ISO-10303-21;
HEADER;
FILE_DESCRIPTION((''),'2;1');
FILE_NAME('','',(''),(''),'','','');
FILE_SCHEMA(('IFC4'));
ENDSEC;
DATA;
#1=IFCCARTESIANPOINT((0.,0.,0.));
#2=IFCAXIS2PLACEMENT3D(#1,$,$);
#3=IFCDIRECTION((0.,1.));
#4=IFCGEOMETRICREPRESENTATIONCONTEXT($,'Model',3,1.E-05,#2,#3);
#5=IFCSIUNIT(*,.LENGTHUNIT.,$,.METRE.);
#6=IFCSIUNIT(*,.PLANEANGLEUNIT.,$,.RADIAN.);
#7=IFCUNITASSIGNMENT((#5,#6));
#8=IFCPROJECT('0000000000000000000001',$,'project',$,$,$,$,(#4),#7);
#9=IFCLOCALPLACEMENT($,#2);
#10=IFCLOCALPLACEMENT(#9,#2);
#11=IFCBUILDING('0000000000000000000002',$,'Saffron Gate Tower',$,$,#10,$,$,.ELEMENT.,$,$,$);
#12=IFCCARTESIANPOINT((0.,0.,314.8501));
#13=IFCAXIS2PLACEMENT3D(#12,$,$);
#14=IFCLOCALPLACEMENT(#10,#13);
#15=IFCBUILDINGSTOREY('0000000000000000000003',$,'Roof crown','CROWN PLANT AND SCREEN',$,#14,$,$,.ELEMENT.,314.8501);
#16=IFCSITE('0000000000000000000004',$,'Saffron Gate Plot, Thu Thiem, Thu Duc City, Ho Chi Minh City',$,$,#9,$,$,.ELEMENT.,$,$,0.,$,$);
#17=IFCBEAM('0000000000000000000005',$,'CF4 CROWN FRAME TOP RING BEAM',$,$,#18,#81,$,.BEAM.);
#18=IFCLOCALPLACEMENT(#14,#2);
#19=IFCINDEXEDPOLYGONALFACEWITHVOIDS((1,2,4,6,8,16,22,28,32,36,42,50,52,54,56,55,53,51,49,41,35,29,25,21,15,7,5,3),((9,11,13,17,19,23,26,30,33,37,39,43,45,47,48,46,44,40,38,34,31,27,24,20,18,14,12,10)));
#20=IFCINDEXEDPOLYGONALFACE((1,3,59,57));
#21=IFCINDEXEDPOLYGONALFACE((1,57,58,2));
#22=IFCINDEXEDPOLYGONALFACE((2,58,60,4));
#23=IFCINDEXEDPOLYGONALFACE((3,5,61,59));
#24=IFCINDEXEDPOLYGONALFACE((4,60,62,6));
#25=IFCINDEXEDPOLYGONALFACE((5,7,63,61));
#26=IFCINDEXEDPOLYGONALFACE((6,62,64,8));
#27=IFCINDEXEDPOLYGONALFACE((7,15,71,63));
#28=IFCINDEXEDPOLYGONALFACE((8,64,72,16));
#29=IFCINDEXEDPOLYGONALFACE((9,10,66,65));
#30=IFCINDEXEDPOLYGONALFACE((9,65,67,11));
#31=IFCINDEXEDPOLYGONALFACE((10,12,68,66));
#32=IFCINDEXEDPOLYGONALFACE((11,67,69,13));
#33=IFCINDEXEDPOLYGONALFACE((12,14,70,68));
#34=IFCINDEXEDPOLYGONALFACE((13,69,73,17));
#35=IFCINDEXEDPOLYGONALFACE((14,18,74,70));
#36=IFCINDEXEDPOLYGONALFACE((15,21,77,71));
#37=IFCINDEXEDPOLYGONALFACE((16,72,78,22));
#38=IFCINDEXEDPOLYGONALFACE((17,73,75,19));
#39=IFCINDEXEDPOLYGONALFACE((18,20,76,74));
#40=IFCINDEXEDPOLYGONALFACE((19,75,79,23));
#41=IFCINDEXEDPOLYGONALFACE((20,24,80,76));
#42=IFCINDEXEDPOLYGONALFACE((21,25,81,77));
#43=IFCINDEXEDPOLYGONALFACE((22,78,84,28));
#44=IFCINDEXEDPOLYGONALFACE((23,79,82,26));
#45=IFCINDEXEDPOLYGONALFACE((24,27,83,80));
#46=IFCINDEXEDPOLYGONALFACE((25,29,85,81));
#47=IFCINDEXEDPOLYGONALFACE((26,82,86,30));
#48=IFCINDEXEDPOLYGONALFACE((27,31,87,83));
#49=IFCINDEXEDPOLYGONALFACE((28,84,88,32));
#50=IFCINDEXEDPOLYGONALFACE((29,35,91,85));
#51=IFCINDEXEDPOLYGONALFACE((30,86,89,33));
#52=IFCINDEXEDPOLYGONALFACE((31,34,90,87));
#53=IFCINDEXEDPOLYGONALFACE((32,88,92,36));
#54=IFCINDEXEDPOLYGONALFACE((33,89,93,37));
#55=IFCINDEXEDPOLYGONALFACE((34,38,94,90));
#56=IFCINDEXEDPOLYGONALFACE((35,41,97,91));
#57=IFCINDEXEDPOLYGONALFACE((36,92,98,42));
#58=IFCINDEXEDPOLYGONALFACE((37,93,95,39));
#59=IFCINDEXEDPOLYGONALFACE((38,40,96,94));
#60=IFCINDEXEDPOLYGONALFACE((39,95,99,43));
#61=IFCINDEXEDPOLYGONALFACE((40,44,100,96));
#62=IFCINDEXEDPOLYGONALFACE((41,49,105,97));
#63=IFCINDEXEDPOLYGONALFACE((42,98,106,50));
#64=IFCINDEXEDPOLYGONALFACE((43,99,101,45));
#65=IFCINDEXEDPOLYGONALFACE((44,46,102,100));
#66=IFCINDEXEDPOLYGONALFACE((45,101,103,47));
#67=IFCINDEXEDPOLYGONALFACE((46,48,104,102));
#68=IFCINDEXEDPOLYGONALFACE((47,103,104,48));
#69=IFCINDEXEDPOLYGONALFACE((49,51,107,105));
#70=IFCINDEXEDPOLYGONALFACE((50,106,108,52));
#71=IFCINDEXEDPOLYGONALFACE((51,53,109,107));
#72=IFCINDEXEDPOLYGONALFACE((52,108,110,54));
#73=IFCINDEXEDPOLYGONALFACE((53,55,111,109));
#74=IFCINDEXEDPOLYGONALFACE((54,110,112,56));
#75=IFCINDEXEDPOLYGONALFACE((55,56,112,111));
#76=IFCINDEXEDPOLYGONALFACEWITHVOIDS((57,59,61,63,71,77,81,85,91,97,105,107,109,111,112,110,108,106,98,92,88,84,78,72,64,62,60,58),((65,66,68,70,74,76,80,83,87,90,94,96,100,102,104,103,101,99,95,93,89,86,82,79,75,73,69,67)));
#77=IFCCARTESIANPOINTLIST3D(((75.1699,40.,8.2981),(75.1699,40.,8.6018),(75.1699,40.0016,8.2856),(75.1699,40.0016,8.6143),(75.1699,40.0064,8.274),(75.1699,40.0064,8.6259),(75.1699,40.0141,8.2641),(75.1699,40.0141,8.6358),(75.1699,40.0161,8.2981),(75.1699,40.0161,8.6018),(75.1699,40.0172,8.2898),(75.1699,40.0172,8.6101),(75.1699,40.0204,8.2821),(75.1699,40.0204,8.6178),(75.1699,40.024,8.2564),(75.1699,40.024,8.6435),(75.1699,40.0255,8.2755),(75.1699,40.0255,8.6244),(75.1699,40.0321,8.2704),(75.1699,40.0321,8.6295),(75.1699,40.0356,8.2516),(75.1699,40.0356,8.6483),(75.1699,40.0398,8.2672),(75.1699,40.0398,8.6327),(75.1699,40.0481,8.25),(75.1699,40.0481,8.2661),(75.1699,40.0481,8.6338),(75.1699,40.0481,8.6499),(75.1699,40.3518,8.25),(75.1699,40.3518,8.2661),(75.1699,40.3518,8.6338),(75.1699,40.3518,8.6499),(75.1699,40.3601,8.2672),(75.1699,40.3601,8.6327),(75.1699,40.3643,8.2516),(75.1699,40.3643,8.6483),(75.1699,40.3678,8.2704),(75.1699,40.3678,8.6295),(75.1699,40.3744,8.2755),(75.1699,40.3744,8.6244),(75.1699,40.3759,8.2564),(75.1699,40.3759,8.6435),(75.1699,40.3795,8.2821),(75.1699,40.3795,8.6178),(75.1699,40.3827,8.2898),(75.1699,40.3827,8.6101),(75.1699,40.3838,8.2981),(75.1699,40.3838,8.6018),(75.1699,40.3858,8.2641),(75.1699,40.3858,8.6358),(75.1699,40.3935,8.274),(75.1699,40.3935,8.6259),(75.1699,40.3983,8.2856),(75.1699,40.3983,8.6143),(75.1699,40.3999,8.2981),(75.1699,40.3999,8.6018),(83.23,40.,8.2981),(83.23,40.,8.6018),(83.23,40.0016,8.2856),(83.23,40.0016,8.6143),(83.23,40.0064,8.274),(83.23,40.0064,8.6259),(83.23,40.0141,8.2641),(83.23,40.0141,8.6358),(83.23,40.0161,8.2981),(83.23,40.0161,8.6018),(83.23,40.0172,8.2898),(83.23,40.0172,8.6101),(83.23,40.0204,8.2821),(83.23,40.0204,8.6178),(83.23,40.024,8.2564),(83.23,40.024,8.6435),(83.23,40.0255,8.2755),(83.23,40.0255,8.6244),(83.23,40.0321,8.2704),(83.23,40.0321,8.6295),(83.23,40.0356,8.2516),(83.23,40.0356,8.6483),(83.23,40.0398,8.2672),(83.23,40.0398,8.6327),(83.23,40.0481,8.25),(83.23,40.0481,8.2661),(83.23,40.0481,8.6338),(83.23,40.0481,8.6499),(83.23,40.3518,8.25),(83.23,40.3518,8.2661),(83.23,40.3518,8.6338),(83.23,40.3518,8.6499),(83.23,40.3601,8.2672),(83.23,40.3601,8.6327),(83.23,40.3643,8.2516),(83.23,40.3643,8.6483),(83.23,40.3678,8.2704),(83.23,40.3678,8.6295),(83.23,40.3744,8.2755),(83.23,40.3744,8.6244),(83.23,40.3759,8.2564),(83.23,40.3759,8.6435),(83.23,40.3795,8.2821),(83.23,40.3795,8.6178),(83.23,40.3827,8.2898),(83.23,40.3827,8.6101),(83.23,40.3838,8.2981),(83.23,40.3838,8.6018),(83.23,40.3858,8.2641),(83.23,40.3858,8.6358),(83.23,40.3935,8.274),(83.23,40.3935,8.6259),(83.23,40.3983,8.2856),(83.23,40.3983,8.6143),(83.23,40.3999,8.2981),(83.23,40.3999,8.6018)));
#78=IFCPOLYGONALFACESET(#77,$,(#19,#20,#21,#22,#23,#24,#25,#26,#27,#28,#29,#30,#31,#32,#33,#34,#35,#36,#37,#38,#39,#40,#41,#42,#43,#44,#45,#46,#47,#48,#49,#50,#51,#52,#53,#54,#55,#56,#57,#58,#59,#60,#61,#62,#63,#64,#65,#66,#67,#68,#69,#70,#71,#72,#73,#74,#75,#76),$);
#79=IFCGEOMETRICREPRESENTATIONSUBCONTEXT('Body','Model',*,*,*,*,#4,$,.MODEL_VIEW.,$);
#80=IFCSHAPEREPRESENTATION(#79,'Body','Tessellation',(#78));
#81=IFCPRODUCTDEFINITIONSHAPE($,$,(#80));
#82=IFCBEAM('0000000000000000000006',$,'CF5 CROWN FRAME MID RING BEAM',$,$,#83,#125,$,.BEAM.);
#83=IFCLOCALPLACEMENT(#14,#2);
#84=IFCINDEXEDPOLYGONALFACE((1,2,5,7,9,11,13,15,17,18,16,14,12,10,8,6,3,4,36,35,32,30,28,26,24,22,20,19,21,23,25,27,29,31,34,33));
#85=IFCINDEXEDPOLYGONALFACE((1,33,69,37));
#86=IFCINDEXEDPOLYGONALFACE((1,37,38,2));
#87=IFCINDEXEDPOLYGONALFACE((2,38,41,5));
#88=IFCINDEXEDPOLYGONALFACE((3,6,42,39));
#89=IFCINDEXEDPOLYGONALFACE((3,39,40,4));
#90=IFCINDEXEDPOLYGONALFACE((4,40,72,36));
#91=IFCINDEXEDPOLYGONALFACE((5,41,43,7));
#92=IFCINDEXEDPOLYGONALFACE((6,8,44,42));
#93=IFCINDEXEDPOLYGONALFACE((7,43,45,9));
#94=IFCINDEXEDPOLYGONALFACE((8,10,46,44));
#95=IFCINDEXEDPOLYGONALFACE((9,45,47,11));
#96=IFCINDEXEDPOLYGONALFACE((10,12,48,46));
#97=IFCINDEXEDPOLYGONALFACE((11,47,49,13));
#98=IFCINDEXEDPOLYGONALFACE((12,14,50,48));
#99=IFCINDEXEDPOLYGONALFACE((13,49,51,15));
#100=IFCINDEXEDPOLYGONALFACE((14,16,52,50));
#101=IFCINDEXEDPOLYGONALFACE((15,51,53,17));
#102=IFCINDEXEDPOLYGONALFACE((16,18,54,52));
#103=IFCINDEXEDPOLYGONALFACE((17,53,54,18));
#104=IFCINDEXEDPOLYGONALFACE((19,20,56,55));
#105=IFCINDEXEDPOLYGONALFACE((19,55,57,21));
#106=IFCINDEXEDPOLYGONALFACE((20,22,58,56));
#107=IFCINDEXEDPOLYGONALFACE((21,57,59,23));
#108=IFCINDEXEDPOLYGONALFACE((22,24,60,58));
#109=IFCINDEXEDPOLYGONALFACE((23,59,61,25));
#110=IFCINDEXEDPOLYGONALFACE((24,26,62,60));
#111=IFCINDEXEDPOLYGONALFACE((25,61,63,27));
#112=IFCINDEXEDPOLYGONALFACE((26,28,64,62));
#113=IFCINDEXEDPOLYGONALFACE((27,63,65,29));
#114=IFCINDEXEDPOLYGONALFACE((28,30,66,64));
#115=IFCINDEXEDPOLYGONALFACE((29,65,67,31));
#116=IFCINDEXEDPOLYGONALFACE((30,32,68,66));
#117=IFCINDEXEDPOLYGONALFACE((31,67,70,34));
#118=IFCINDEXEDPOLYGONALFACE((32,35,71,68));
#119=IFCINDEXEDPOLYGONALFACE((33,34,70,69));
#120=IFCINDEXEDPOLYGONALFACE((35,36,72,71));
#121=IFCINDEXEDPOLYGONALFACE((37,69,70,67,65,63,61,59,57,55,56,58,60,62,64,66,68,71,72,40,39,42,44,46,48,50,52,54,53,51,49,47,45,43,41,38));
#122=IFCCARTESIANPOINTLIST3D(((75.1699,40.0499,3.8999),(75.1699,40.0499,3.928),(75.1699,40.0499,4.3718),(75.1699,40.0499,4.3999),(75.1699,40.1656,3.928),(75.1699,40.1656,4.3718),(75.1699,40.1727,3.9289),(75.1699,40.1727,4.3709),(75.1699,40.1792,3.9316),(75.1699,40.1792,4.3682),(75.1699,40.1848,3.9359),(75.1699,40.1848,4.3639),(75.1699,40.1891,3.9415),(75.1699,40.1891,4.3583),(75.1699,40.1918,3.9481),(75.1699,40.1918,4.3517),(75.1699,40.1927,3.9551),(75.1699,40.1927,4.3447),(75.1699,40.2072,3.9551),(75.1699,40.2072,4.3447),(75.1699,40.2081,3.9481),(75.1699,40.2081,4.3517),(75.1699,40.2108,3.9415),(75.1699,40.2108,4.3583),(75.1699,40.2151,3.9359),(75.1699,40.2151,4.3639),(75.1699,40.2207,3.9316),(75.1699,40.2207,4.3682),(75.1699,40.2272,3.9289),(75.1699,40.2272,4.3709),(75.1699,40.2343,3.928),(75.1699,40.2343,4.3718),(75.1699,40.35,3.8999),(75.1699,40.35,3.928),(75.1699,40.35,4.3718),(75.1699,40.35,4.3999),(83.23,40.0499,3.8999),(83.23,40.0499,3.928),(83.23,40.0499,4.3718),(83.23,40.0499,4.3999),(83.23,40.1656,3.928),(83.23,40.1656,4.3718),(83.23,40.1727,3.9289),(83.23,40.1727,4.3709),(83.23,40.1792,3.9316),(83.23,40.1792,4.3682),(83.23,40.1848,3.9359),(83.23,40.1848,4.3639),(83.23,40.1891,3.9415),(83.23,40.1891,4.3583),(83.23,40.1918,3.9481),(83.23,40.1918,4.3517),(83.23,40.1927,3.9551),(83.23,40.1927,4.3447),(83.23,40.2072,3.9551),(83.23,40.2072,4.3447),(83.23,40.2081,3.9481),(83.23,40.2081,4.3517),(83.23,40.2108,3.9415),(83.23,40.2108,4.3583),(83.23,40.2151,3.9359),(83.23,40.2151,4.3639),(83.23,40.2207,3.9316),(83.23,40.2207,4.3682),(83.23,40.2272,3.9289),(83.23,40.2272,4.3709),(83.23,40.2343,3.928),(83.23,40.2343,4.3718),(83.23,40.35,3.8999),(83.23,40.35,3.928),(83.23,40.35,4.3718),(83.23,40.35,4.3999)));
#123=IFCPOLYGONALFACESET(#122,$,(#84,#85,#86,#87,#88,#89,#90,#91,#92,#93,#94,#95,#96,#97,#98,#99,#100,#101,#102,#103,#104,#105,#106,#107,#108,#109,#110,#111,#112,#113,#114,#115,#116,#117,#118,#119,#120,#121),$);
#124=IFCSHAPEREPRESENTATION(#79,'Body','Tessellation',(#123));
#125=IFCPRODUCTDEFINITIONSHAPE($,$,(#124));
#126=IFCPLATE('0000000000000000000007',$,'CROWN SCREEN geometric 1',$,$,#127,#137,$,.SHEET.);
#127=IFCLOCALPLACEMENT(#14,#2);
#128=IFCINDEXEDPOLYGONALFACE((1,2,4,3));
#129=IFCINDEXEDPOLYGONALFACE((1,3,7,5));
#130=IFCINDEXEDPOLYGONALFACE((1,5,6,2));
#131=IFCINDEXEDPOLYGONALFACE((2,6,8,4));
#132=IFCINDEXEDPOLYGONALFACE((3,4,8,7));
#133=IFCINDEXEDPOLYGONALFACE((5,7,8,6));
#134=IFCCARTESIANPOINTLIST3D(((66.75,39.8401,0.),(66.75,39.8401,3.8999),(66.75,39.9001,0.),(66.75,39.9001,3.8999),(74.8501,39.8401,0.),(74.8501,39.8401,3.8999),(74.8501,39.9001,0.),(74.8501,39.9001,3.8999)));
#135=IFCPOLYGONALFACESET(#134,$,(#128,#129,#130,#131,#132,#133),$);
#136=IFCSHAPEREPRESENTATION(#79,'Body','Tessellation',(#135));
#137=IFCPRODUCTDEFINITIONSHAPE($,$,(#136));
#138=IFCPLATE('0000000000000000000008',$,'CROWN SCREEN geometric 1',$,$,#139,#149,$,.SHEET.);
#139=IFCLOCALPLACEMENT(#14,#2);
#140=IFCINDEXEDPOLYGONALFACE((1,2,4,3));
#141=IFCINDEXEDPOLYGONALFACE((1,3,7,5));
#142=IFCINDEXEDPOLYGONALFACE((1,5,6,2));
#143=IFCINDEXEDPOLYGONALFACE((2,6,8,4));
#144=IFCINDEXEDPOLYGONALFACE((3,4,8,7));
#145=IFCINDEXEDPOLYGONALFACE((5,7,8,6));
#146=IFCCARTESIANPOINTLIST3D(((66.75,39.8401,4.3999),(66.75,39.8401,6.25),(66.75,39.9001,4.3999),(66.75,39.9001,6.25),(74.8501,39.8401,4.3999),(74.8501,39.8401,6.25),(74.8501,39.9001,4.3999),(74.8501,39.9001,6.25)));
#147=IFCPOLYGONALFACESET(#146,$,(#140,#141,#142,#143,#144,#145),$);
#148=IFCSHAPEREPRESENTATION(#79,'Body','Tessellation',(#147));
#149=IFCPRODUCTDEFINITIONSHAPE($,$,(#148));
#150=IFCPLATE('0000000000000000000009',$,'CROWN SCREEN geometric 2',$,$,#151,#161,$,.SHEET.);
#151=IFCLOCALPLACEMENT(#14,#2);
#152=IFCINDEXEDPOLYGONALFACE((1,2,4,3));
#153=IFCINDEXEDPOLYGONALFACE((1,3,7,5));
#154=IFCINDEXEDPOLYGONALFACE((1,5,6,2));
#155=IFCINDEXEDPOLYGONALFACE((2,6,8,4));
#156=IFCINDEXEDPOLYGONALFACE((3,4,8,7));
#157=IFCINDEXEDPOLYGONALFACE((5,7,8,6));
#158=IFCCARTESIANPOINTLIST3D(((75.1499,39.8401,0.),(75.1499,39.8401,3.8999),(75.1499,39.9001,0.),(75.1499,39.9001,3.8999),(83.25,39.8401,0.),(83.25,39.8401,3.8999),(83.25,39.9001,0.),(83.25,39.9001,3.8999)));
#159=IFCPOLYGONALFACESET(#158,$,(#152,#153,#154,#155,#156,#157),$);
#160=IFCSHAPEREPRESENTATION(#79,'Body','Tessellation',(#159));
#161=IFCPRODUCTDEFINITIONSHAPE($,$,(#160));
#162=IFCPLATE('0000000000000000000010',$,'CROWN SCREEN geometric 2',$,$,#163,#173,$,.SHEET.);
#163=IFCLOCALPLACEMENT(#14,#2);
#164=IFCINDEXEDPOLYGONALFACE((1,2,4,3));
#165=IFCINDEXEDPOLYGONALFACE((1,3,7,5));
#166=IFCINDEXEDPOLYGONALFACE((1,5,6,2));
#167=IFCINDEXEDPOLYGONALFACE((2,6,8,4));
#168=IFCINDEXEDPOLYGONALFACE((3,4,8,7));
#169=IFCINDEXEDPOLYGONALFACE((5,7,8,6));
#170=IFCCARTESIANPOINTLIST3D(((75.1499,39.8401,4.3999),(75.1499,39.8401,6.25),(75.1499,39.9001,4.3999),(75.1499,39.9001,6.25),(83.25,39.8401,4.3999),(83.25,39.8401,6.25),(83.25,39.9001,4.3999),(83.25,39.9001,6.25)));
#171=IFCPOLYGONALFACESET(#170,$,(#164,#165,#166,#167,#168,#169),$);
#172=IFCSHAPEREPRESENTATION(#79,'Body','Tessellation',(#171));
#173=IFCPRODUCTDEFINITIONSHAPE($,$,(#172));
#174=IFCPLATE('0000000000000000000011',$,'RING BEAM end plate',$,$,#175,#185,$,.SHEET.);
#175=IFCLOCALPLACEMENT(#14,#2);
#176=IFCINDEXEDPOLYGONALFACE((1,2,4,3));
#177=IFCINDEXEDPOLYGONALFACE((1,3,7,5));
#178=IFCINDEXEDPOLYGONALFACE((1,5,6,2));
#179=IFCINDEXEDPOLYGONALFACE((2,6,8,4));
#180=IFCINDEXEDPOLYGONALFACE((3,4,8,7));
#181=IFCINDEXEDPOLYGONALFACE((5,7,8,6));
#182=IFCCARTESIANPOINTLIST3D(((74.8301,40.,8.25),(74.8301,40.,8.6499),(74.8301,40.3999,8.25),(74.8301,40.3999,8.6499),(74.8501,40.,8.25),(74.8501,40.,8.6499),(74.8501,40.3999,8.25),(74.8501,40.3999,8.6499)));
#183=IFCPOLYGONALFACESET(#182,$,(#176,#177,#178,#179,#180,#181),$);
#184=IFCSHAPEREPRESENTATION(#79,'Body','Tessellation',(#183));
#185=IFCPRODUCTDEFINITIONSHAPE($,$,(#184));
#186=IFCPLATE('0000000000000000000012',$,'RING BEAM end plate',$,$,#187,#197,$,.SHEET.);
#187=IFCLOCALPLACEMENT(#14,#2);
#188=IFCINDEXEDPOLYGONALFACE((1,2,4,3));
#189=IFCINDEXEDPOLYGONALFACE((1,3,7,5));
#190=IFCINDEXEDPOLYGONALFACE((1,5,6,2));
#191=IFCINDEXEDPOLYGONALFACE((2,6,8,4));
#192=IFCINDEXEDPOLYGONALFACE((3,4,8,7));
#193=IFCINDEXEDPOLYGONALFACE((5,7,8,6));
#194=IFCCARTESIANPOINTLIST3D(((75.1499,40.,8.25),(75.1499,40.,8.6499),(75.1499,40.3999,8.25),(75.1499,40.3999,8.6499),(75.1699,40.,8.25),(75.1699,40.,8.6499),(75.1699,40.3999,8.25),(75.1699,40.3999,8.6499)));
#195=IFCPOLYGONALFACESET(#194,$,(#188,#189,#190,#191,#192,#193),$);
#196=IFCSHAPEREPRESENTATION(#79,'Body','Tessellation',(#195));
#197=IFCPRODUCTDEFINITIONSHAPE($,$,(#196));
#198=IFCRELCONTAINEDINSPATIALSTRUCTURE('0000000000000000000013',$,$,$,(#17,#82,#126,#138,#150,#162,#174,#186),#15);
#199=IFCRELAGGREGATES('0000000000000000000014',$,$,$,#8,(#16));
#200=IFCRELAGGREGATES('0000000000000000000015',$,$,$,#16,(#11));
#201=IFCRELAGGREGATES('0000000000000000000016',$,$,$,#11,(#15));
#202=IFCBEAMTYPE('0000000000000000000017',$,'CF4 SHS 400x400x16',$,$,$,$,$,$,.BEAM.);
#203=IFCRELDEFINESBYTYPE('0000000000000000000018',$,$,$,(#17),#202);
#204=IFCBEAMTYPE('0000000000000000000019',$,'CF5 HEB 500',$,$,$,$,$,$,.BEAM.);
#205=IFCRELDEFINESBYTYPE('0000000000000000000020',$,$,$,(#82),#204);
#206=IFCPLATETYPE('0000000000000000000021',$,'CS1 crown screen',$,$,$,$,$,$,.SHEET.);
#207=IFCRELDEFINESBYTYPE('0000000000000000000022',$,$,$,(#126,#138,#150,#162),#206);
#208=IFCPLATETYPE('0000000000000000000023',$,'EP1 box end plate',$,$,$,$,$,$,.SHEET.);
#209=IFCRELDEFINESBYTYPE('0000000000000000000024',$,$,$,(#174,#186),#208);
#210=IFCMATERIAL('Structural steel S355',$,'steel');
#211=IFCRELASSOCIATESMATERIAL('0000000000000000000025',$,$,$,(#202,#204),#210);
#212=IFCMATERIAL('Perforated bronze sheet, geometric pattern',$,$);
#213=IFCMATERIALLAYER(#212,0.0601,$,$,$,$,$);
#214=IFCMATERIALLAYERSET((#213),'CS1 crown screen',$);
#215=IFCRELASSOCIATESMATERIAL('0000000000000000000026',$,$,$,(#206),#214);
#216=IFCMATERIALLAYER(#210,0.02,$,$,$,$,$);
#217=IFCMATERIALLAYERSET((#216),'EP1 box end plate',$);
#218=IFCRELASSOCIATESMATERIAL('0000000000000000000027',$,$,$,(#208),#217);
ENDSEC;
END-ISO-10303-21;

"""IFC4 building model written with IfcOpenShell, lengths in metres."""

from ifc_helpers import new_model, si_unit, direction, frame, origin, origin_2d, place, context, subcontext, project, spatial, rectangle, hollow_rectangle, i_section, extrude, material, layer, layer_set, material_profile, profile_set, type_object, element, save


model = new_model("IFC4")

# Units and contexts
model_context = context("Model", 3, precision=1e-05, world=origin(), true_north=direction((0.0, 1.0)))
body_context = subcontext(model_context, "Body", "Model", "MODEL_VIEW")
ifc_project = project(units=[si_unit("LENGTHUNIT", "METRE"), si_unit("PLANEANGLEUNIT", "RADIAN")], contexts=[model_context])

# Site, building, storey
site_placement = place(None, origin())
site = spatial("IfcSite", under=ifc_project, at=site_placement, Name="Saffron Gate Plot, Thu Thiem, Thu Duc City, Ho Chi Minh City", CompositionType="ELEMENT", RefElevation=0.0)
building_placement = place(site_placement, origin())
building = spatial("IfcBuilding", under=site, at=building_placement, Name="Saffron Gate Tower", CompositionType="ELEMENT")
storey_placement = place(building_placement, frame((0.0, 0.0, 314.8501)))
storey = spatial("IfcBuildingStorey", under=building, at=storey_placement, Name="Roof crown", Description="CROWN PLANT AND SCREEN", CompositionType="ELEMENT", Elevation=314.8501)

# Shared definitions
ifc_material_1 = material(Name="Structural steel S355", Category="steel")

# Beams
ifc_material_profile_1 = material_profile(ifc_material_1, hollow_rectangle(XDim=0.3999, YDim=0.3999, WallThickness=0.0161, InnerFilletRadius=0.032, OuterFilletRadius=0.0481, at=origin_2d()))
ifc_profile_set_1 = profile_set([ifc_material_profile_1], Name="Structural steel S355")
beam_type_1 = type_object("IfcBeamType", Name="CF4 SHS 400x400x16", PredefinedType="BEAM", material=ifc_profile_set_1)
beam_1_placement = place(storey_placement, frame((75.1699, 40.2, 8.45), z_axis=(1.0, 0.0, 0.0), x_axis=(0.0, 1.0, 0.0)))
element("IfcBeam", 1, at=beam_1_placement, inside=storey, type_object=beam_type_1, Name="CF4 CROWN FRAME TOP RING BEAM", PredefinedType="BEAM", context=body_context, shape_type="SweptSolid", body=[
    extrude(hollow_rectangle(XDim=0.3999, YDim=0.3999, WallThickness=0.0161, InnerFilletRadius=0.032, OuterFilletRadius=0.0481, at=origin_2d()), origin(), (0.0, 0.0, 1.0), 8.0601),
])
ifc_material_profile_2 = material_profile(ifc_material_1, i_section(OverallWidth=0.3, OverallDepth=0.5, WebThickness=0.0144, FlangeThickness=0.0281, FilletRadius=0.0271, at=origin_2d()))
ifc_profile_set_2 = profile_set([ifc_material_profile_2], Name="Structural steel S355")
beam_type_2 = type_object("IfcBeamType", Name="CF5 HEB 500", PredefinedType="BEAM", material=ifc_profile_set_2)
beam_2_placement = place(storey_placement, frame((75.1699, 40.2, 4.1499), z_axis=(1.0, 0.0, 0.0), x_axis=(0.0, 1.0, 0.0)))
element("IfcBeam", 2, at=beam_2_placement, inside=storey, type_object=beam_type_2, Name="CF5 CROWN FRAME MID RING BEAM", PredefinedType="BEAM", context=body_context, shape_type="SweptSolid", body=[
    extrude(i_section(OverallWidth=0.3, OverallDepth=0.5, WebThickness=0.0144, FlangeThickness=0.0281, FilletRadius=0.0271, at=origin_2d()), origin(), (0.0, 0.0, 1.0), 8.0601),
])

# Plates
ifc_material_2 = material(Name="Perforated bronze sheet, geometric pattern")
ifc_layer_1 = layer(ifc_material_2, 0.0601)
ifc_layer_set_1 = layer_set([ifc_layer_1], Name="CS1 crown screen")
plate_type_1 = type_object("IfcPlateType", Name="CS1 crown screen", PredefinedType="SHEET", material=ifc_layer_set_1)
plate_1_placement = place(storey_placement, frame((70.8, 39.8701, 0.0), z_axis=(0.0, 0.0, 1.0), x_axis=(1.0, 0.0, 0.0)))
element("IfcPlate", 3, at=plate_1_placement, inside=storey, type_object=plate_type_1, Name="CROWN SCREEN geometric 1", PredefinedType="SHEET", context=body_context, shape_type="SweptSolid", body=[
    extrude(rectangle(XDim=8.1001, YDim=0.0601, at=origin_2d()), origin(), (0.0, 0.0, 1.0), 3.8999),
])
plate_2_placement = place(storey_placement, frame((70.8, 39.8701, 4.3999), z_axis=(0.0, 0.0, 1.0), x_axis=(1.0, 0.0, 0.0)))
element("IfcPlate", 4, at=plate_2_placement, inside=storey, type_object=plate_type_1, Name="CROWN SCREEN geometric 1", PredefinedType="SHEET", context=body_context, shape_type="SweptSolid", body=[
    extrude(rectangle(XDim=8.1001, YDim=0.0601, at=origin_2d()), origin(), (0.0, 0.0, 1.0), 1.8501),
])
plate_3_placement = place(storey_placement, frame((79.2, 39.8701, 0.0), z_axis=(0.0, 0.0, 1.0), x_axis=(1.0, 0.0, 0.0)))
element("IfcPlate", 5, at=plate_3_placement, inside=storey, type_object=plate_type_1, Name="CROWN SCREEN geometric 2", PredefinedType="SHEET", context=body_context, shape_type="SweptSolid", body=[
    extrude(rectangle(XDim=8.1001, YDim=0.0601, at=origin_2d()), origin(), (0.0, 0.0, 1.0), 3.8999),
])
plate_4_placement = place(storey_placement, frame((79.2, 39.8701, 4.3999), z_axis=(0.0, 0.0, 1.0), x_axis=(1.0, 0.0, 0.0)))
element("IfcPlate", 6, at=plate_4_placement, inside=storey, type_object=plate_type_1, Name="CROWN SCREEN geometric 2", PredefinedType="SHEET", context=body_context, shape_type="SweptSolid", body=[
    extrude(rectangle(XDim=8.1001, YDim=0.0601, at=origin_2d()), origin(), (0.0, 0.0, 1.0), 1.8501),
])
ifc_layer_2 = layer(ifc_material_1, 0.02)
ifc_layer_set_2 = layer_set([ifc_layer_2], Name="EP1 box end plate")
plate_type_2 = type_object("IfcPlateType", Name="EP1 box end plate", PredefinedType="SHEET", material=ifc_layer_set_2)
for number, where, z_axis, x_axis, name in (
    (7, (74.8401, 40.2, 8.25), (0.0, 0.0, 1.0), (1.0, 0.0, 0.0), "RING BEAM end plate"),
    (8, (75.1599, 40.2, 8.25), (0.0, 0.0, 1.0), (1.0, 0.0, 0.0), "RING BEAM end plate"),
):
    element("IfcPlate", number, at=place(storey_placement, frame(where, z_axis=z_axis, x_axis=x_axis)), inside=storey, type_object=plate_type_2, Name=name, PredefinedType="SHEET", context=body_context, shape_type="SweptSolid", body=[
        extrude(rectangle(XDim=0.02, YDim=0.3999, at=origin_2d()), origin(), (0.0, 0.0, 1.0), 0.3999),
    ])

save(model, "model.ifc")
